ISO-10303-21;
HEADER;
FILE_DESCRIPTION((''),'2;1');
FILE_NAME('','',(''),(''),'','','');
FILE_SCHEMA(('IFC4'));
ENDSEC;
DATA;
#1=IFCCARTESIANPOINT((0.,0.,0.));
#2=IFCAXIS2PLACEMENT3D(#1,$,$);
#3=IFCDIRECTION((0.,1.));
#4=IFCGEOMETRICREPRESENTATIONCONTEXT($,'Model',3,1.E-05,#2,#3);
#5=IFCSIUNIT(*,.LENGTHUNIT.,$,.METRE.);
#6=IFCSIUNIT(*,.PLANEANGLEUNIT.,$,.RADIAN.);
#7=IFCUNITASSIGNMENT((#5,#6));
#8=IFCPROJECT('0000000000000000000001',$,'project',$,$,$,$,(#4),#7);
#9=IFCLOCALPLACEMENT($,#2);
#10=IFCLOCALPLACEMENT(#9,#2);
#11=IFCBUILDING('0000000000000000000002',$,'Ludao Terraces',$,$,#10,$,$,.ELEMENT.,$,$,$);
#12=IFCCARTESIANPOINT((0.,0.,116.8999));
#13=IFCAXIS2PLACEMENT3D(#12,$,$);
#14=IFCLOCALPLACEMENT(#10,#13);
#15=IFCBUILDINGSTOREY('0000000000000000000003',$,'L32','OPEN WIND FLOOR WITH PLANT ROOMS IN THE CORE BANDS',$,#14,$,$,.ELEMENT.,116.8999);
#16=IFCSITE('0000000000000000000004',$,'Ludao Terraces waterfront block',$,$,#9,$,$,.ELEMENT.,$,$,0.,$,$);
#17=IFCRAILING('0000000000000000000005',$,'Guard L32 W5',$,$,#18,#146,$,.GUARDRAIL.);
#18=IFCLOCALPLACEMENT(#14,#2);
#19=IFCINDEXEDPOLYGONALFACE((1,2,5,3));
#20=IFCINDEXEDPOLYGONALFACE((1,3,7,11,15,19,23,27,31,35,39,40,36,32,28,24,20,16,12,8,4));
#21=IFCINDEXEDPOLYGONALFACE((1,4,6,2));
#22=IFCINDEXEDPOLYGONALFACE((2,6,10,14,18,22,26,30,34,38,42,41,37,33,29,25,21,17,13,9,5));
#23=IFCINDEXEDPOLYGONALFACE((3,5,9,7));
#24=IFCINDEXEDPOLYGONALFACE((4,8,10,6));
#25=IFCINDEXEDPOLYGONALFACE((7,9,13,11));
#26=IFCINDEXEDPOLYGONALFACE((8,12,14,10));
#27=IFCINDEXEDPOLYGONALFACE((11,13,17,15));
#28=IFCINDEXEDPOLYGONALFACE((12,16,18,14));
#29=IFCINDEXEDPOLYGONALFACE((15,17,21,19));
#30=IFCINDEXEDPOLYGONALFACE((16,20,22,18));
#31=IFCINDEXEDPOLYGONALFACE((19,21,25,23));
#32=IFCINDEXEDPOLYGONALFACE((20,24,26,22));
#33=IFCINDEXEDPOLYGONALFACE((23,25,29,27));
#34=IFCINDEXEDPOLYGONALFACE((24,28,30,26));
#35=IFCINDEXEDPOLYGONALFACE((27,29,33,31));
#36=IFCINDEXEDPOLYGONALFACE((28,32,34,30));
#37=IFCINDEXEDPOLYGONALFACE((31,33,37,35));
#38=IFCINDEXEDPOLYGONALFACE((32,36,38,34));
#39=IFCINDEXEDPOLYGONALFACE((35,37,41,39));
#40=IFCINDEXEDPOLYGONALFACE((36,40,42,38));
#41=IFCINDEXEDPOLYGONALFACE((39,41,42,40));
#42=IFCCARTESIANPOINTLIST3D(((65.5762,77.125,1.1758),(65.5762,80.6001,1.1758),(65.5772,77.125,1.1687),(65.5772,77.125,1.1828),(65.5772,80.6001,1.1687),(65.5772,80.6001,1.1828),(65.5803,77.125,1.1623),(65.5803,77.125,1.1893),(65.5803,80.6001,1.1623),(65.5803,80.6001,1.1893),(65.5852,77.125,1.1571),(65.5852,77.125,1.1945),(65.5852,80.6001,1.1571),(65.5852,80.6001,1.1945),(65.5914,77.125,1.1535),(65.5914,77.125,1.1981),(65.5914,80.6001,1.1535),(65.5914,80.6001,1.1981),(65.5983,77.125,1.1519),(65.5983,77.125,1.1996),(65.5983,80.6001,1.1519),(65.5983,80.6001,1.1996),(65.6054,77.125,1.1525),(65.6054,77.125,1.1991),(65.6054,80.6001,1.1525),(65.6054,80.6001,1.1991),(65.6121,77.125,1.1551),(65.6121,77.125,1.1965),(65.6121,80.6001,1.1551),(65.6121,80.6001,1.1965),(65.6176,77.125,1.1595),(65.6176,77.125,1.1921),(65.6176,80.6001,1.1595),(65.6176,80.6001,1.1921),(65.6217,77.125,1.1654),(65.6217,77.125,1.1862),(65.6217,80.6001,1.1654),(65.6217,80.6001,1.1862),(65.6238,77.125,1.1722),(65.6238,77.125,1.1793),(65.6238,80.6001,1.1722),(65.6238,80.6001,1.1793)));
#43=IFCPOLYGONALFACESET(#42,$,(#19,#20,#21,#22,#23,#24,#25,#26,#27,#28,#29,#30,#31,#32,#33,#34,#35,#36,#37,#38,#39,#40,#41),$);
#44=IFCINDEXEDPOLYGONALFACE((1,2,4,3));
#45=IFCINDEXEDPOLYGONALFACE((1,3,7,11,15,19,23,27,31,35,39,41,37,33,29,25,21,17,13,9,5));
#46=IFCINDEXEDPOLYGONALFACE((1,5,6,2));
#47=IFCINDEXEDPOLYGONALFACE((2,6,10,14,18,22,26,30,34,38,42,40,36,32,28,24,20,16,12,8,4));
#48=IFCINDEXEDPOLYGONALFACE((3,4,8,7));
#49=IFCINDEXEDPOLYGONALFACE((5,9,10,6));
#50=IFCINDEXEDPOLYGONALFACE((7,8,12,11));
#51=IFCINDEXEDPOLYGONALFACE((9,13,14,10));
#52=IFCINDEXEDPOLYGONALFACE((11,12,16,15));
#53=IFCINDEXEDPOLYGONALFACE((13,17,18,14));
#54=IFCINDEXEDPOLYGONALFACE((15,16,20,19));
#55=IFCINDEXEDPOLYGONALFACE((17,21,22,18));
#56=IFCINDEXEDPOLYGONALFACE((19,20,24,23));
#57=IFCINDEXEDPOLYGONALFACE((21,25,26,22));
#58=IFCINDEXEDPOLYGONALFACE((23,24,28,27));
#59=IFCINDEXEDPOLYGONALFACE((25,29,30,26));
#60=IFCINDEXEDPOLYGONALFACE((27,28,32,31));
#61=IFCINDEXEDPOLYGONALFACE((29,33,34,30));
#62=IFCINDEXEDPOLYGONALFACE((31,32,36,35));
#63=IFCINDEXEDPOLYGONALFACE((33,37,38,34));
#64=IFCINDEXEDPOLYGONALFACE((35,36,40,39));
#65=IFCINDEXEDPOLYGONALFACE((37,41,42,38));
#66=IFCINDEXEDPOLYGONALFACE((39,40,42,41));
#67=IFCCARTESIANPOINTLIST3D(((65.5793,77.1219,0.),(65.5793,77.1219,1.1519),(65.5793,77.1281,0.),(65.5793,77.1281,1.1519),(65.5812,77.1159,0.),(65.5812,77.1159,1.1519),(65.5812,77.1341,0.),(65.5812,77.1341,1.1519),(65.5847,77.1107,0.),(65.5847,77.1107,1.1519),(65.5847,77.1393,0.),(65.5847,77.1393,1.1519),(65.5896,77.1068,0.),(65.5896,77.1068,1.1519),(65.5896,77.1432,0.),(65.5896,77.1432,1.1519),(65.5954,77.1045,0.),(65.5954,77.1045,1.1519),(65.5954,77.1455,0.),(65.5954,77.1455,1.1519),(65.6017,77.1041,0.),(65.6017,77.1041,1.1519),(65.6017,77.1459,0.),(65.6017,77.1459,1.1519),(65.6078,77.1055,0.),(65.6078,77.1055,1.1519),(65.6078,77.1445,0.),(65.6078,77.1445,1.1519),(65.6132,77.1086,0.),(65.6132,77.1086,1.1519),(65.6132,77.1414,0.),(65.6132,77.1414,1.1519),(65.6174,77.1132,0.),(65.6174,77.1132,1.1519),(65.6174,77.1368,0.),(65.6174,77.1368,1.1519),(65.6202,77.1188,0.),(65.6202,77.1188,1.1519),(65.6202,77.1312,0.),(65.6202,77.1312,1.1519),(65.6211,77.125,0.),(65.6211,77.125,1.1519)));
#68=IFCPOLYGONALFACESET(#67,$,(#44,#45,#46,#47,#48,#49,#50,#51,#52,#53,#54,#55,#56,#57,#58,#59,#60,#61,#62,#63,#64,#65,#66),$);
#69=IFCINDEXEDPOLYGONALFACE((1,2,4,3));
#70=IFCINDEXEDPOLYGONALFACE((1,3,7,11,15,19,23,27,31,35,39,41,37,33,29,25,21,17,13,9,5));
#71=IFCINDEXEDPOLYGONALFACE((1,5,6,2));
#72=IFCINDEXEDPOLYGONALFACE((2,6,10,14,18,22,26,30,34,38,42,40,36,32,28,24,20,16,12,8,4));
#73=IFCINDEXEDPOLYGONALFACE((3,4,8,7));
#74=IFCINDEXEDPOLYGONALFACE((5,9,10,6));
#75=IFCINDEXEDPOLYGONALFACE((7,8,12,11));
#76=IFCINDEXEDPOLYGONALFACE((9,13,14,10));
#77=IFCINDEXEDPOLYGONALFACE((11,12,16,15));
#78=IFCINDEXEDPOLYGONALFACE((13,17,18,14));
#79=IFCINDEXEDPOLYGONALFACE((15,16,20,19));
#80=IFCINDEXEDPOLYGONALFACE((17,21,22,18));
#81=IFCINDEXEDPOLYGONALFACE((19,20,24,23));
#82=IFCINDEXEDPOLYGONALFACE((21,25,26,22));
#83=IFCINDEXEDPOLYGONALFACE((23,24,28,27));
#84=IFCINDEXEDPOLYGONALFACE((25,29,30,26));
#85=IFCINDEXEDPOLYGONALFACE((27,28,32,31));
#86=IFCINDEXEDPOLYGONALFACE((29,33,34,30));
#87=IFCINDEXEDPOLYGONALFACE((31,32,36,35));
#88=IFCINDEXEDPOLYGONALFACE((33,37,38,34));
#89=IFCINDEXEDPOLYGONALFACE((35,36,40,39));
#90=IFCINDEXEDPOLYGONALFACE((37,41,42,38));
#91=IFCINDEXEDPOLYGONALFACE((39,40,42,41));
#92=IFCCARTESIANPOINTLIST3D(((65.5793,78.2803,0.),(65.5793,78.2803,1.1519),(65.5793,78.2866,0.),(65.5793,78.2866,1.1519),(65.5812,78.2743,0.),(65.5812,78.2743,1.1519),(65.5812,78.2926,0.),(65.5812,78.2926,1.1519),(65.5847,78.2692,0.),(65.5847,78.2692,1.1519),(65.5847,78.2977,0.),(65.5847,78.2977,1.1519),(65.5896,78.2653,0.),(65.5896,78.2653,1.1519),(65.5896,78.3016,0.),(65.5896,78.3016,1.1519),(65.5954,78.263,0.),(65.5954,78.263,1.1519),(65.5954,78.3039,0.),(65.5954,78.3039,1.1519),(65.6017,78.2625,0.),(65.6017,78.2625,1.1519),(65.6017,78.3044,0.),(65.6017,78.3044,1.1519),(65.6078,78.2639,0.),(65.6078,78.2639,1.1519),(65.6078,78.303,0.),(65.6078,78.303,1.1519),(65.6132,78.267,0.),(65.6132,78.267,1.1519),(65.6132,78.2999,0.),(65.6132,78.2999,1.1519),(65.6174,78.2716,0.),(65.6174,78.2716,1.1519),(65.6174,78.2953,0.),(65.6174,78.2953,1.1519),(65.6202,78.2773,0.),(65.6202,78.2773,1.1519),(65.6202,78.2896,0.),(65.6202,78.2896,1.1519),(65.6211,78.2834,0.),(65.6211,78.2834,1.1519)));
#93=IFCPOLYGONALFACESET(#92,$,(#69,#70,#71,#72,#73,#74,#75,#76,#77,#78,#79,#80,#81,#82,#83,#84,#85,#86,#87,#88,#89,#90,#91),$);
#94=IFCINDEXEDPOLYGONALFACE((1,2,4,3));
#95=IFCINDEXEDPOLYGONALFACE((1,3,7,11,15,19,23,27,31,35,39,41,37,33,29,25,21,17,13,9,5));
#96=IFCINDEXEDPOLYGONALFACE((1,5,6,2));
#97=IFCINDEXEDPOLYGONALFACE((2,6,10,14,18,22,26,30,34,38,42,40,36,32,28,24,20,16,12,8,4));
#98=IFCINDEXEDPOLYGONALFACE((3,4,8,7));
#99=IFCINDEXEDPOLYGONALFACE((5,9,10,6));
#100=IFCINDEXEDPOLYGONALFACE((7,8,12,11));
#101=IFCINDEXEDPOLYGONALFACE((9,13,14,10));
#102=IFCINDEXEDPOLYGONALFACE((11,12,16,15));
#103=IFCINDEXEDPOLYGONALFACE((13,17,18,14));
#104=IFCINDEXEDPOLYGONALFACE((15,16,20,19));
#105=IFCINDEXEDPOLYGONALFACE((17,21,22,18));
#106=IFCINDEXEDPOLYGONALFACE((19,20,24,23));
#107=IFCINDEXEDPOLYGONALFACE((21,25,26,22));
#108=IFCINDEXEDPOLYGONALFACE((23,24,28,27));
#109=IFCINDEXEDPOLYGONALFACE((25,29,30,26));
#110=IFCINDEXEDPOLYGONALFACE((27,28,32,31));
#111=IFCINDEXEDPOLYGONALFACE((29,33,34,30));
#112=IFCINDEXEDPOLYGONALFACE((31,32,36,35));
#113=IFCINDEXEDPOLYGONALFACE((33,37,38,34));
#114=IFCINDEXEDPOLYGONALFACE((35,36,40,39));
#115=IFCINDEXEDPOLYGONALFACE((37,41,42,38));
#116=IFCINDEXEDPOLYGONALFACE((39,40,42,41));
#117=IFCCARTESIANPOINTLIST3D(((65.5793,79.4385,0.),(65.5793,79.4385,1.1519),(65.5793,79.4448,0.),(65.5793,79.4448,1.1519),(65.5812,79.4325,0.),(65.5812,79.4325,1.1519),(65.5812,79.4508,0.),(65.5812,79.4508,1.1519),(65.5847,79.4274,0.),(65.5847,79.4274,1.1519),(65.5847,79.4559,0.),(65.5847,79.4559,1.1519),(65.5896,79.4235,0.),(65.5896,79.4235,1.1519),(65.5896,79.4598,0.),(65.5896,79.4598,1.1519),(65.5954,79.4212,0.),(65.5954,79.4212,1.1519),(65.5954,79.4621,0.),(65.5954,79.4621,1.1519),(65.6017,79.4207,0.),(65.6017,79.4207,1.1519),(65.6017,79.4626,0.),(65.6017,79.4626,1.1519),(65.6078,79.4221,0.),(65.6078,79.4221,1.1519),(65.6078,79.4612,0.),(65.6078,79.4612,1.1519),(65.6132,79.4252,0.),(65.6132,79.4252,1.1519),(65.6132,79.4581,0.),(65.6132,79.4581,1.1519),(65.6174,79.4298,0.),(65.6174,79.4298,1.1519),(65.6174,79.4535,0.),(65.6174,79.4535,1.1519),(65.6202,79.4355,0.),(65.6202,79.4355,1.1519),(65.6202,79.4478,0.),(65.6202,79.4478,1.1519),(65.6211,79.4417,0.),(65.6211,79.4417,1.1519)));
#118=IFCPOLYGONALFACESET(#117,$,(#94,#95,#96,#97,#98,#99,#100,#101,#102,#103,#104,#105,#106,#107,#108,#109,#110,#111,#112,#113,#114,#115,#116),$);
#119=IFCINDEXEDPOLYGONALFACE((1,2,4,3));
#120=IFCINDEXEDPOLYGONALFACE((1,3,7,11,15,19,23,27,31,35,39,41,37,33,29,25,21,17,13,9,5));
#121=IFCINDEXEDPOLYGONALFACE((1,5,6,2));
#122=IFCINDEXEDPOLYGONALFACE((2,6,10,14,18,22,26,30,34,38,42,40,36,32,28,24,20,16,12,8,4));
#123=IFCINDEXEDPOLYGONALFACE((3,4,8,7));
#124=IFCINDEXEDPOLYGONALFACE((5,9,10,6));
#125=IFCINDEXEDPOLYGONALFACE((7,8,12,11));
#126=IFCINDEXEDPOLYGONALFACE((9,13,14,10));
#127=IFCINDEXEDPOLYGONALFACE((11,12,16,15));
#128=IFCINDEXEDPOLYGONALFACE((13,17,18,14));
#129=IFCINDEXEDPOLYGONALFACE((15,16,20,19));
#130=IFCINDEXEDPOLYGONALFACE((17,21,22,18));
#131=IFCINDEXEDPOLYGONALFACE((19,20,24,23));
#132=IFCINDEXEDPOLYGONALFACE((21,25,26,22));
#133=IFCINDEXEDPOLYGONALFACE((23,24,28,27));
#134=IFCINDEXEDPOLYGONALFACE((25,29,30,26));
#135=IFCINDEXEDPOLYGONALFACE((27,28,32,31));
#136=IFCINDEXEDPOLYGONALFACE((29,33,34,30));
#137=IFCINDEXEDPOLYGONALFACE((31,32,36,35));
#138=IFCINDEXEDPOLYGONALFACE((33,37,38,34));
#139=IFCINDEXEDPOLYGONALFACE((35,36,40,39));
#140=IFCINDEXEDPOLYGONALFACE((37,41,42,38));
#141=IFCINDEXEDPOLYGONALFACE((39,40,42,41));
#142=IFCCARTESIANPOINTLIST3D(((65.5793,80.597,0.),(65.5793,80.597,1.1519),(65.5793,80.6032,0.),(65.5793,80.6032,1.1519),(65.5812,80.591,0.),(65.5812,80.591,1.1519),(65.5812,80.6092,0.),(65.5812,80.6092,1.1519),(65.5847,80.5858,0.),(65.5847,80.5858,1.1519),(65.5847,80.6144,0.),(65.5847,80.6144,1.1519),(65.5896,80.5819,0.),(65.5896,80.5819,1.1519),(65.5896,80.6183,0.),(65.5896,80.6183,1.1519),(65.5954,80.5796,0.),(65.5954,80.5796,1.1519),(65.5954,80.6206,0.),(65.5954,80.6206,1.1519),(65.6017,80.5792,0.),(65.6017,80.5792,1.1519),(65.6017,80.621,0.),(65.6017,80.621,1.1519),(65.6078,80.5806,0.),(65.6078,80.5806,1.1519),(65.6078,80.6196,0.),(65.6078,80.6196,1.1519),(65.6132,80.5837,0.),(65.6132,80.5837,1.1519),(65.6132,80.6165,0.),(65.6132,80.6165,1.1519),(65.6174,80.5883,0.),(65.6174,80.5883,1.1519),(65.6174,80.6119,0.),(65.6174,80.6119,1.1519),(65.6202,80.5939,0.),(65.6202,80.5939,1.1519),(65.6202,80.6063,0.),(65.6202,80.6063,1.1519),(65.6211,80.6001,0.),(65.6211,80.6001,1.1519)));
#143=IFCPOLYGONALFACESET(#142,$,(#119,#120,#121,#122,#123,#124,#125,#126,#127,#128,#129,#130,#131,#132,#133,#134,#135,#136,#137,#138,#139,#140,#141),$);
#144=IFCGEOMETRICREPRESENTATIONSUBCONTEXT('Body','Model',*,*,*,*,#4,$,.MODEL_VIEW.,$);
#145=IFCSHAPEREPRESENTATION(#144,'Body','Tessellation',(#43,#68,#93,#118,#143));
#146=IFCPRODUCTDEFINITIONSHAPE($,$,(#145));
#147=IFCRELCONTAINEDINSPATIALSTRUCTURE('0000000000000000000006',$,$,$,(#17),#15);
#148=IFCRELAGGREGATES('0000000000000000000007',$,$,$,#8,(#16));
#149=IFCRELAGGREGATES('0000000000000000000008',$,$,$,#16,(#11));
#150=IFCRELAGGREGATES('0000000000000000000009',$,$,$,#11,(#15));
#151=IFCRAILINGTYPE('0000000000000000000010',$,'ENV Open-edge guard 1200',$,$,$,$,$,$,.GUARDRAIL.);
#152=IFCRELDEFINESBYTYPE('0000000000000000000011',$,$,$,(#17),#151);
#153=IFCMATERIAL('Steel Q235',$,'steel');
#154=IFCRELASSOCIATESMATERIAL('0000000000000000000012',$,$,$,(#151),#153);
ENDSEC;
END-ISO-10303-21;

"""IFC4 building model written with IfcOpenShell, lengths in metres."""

from ifc_helpers import new_model, si_unit, direction, frame, origin, origin_2d, place, context, subcontext, project, spatial, circle, extrude, material, type_object, element, save


model = new_model("IFC4")

# Units and contexts
model_context = context("Model", 3, precision=1e-05, world=origin(), true_north=direction((0.0, 1.0)))
body_context = subcontext(model_context, "Body", "Model", "MODEL_VIEW")
ifc_project = project(units=[si_unit("LENGTHUNIT", "METRE"), si_unit("PLANEANGLEUNIT", "RADIAN")], contexts=[model_context])

# Site, building, storey
site_placement = place(None, origin())
site = spatial("IfcSite", under=ifc_project, at=site_placement, Name="Ludao Terraces waterfront block", CompositionType="ELEMENT", RefElevation=0.0)
building_placement = place(site_placement, origin())
building = spatial("IfcBuilding", under=site, at=building_placement, Name="Ludao Terraces", CompositionType="ELEMENT")
storey_placement = place(building_placement, frame((0.0, 0.0, 116.8999)))
storey = spatial("IfcBuildingStorey", under=building, at=storey_placement, Name="L32", Description="OPEN WIND FLOOR WITH PLANT ROOMS IN THE CORE BANDS", CompositionType="ELEMENT", Elevation=116.8999)

# Shared definitions
ifc_material_1 = material(Name="Steel Q235", Category="steel")

# Railing
railing_type_1 = type_object("IfcRailingType", Name="ENV Open-edge guard 1200", PredefinedType="GUARDRAIL", material=ifc_material_1)
railing_1_placement = place(storey_placement, frame((65.6001, 77.125, 0.0)))
element("IfcRailing", 1, at=railing_1_placement, inside=storey, type_object=railing_type_1, Name="Guard L32 W5", PredefinedType="GUARDRAIL", context=body_context, shape_type="SweptSolid", body=[
    extrude(circle(Radius=0.0239, at=origin_2d()), frame((0.0, 0.0, 1.1758), z_axis=(0.0, 1.0, 0.0), x_axis=(-1.0, 0.0, 0.0)), (0.0, 0.0, 1.0), 3.4751),
    extrude(circle(Radius=0.021, at=origin_2d()), origin(), (0.0, 0.0, 1.0), 1.1519),
    extrude(circle(Radius=0.021, at=origin_2d()), frame((0.0, 1.1584, 0.0)), (0.0, 0.0, 1.0), 1.1519),
    extrude(circle(Radius=0.021, at=origin_2d()), frame((0.0, 2.3167, 0.0)), (0.0, 0.0, 1.0), 1.1519),
    extrude(circle(Radius=0.021, at=origin_2d()), frame((0.0, 3.4751, 0.0)), (0.0, 0.0, 1.0), 1.1519),
])

save(model, "model.ifc")
